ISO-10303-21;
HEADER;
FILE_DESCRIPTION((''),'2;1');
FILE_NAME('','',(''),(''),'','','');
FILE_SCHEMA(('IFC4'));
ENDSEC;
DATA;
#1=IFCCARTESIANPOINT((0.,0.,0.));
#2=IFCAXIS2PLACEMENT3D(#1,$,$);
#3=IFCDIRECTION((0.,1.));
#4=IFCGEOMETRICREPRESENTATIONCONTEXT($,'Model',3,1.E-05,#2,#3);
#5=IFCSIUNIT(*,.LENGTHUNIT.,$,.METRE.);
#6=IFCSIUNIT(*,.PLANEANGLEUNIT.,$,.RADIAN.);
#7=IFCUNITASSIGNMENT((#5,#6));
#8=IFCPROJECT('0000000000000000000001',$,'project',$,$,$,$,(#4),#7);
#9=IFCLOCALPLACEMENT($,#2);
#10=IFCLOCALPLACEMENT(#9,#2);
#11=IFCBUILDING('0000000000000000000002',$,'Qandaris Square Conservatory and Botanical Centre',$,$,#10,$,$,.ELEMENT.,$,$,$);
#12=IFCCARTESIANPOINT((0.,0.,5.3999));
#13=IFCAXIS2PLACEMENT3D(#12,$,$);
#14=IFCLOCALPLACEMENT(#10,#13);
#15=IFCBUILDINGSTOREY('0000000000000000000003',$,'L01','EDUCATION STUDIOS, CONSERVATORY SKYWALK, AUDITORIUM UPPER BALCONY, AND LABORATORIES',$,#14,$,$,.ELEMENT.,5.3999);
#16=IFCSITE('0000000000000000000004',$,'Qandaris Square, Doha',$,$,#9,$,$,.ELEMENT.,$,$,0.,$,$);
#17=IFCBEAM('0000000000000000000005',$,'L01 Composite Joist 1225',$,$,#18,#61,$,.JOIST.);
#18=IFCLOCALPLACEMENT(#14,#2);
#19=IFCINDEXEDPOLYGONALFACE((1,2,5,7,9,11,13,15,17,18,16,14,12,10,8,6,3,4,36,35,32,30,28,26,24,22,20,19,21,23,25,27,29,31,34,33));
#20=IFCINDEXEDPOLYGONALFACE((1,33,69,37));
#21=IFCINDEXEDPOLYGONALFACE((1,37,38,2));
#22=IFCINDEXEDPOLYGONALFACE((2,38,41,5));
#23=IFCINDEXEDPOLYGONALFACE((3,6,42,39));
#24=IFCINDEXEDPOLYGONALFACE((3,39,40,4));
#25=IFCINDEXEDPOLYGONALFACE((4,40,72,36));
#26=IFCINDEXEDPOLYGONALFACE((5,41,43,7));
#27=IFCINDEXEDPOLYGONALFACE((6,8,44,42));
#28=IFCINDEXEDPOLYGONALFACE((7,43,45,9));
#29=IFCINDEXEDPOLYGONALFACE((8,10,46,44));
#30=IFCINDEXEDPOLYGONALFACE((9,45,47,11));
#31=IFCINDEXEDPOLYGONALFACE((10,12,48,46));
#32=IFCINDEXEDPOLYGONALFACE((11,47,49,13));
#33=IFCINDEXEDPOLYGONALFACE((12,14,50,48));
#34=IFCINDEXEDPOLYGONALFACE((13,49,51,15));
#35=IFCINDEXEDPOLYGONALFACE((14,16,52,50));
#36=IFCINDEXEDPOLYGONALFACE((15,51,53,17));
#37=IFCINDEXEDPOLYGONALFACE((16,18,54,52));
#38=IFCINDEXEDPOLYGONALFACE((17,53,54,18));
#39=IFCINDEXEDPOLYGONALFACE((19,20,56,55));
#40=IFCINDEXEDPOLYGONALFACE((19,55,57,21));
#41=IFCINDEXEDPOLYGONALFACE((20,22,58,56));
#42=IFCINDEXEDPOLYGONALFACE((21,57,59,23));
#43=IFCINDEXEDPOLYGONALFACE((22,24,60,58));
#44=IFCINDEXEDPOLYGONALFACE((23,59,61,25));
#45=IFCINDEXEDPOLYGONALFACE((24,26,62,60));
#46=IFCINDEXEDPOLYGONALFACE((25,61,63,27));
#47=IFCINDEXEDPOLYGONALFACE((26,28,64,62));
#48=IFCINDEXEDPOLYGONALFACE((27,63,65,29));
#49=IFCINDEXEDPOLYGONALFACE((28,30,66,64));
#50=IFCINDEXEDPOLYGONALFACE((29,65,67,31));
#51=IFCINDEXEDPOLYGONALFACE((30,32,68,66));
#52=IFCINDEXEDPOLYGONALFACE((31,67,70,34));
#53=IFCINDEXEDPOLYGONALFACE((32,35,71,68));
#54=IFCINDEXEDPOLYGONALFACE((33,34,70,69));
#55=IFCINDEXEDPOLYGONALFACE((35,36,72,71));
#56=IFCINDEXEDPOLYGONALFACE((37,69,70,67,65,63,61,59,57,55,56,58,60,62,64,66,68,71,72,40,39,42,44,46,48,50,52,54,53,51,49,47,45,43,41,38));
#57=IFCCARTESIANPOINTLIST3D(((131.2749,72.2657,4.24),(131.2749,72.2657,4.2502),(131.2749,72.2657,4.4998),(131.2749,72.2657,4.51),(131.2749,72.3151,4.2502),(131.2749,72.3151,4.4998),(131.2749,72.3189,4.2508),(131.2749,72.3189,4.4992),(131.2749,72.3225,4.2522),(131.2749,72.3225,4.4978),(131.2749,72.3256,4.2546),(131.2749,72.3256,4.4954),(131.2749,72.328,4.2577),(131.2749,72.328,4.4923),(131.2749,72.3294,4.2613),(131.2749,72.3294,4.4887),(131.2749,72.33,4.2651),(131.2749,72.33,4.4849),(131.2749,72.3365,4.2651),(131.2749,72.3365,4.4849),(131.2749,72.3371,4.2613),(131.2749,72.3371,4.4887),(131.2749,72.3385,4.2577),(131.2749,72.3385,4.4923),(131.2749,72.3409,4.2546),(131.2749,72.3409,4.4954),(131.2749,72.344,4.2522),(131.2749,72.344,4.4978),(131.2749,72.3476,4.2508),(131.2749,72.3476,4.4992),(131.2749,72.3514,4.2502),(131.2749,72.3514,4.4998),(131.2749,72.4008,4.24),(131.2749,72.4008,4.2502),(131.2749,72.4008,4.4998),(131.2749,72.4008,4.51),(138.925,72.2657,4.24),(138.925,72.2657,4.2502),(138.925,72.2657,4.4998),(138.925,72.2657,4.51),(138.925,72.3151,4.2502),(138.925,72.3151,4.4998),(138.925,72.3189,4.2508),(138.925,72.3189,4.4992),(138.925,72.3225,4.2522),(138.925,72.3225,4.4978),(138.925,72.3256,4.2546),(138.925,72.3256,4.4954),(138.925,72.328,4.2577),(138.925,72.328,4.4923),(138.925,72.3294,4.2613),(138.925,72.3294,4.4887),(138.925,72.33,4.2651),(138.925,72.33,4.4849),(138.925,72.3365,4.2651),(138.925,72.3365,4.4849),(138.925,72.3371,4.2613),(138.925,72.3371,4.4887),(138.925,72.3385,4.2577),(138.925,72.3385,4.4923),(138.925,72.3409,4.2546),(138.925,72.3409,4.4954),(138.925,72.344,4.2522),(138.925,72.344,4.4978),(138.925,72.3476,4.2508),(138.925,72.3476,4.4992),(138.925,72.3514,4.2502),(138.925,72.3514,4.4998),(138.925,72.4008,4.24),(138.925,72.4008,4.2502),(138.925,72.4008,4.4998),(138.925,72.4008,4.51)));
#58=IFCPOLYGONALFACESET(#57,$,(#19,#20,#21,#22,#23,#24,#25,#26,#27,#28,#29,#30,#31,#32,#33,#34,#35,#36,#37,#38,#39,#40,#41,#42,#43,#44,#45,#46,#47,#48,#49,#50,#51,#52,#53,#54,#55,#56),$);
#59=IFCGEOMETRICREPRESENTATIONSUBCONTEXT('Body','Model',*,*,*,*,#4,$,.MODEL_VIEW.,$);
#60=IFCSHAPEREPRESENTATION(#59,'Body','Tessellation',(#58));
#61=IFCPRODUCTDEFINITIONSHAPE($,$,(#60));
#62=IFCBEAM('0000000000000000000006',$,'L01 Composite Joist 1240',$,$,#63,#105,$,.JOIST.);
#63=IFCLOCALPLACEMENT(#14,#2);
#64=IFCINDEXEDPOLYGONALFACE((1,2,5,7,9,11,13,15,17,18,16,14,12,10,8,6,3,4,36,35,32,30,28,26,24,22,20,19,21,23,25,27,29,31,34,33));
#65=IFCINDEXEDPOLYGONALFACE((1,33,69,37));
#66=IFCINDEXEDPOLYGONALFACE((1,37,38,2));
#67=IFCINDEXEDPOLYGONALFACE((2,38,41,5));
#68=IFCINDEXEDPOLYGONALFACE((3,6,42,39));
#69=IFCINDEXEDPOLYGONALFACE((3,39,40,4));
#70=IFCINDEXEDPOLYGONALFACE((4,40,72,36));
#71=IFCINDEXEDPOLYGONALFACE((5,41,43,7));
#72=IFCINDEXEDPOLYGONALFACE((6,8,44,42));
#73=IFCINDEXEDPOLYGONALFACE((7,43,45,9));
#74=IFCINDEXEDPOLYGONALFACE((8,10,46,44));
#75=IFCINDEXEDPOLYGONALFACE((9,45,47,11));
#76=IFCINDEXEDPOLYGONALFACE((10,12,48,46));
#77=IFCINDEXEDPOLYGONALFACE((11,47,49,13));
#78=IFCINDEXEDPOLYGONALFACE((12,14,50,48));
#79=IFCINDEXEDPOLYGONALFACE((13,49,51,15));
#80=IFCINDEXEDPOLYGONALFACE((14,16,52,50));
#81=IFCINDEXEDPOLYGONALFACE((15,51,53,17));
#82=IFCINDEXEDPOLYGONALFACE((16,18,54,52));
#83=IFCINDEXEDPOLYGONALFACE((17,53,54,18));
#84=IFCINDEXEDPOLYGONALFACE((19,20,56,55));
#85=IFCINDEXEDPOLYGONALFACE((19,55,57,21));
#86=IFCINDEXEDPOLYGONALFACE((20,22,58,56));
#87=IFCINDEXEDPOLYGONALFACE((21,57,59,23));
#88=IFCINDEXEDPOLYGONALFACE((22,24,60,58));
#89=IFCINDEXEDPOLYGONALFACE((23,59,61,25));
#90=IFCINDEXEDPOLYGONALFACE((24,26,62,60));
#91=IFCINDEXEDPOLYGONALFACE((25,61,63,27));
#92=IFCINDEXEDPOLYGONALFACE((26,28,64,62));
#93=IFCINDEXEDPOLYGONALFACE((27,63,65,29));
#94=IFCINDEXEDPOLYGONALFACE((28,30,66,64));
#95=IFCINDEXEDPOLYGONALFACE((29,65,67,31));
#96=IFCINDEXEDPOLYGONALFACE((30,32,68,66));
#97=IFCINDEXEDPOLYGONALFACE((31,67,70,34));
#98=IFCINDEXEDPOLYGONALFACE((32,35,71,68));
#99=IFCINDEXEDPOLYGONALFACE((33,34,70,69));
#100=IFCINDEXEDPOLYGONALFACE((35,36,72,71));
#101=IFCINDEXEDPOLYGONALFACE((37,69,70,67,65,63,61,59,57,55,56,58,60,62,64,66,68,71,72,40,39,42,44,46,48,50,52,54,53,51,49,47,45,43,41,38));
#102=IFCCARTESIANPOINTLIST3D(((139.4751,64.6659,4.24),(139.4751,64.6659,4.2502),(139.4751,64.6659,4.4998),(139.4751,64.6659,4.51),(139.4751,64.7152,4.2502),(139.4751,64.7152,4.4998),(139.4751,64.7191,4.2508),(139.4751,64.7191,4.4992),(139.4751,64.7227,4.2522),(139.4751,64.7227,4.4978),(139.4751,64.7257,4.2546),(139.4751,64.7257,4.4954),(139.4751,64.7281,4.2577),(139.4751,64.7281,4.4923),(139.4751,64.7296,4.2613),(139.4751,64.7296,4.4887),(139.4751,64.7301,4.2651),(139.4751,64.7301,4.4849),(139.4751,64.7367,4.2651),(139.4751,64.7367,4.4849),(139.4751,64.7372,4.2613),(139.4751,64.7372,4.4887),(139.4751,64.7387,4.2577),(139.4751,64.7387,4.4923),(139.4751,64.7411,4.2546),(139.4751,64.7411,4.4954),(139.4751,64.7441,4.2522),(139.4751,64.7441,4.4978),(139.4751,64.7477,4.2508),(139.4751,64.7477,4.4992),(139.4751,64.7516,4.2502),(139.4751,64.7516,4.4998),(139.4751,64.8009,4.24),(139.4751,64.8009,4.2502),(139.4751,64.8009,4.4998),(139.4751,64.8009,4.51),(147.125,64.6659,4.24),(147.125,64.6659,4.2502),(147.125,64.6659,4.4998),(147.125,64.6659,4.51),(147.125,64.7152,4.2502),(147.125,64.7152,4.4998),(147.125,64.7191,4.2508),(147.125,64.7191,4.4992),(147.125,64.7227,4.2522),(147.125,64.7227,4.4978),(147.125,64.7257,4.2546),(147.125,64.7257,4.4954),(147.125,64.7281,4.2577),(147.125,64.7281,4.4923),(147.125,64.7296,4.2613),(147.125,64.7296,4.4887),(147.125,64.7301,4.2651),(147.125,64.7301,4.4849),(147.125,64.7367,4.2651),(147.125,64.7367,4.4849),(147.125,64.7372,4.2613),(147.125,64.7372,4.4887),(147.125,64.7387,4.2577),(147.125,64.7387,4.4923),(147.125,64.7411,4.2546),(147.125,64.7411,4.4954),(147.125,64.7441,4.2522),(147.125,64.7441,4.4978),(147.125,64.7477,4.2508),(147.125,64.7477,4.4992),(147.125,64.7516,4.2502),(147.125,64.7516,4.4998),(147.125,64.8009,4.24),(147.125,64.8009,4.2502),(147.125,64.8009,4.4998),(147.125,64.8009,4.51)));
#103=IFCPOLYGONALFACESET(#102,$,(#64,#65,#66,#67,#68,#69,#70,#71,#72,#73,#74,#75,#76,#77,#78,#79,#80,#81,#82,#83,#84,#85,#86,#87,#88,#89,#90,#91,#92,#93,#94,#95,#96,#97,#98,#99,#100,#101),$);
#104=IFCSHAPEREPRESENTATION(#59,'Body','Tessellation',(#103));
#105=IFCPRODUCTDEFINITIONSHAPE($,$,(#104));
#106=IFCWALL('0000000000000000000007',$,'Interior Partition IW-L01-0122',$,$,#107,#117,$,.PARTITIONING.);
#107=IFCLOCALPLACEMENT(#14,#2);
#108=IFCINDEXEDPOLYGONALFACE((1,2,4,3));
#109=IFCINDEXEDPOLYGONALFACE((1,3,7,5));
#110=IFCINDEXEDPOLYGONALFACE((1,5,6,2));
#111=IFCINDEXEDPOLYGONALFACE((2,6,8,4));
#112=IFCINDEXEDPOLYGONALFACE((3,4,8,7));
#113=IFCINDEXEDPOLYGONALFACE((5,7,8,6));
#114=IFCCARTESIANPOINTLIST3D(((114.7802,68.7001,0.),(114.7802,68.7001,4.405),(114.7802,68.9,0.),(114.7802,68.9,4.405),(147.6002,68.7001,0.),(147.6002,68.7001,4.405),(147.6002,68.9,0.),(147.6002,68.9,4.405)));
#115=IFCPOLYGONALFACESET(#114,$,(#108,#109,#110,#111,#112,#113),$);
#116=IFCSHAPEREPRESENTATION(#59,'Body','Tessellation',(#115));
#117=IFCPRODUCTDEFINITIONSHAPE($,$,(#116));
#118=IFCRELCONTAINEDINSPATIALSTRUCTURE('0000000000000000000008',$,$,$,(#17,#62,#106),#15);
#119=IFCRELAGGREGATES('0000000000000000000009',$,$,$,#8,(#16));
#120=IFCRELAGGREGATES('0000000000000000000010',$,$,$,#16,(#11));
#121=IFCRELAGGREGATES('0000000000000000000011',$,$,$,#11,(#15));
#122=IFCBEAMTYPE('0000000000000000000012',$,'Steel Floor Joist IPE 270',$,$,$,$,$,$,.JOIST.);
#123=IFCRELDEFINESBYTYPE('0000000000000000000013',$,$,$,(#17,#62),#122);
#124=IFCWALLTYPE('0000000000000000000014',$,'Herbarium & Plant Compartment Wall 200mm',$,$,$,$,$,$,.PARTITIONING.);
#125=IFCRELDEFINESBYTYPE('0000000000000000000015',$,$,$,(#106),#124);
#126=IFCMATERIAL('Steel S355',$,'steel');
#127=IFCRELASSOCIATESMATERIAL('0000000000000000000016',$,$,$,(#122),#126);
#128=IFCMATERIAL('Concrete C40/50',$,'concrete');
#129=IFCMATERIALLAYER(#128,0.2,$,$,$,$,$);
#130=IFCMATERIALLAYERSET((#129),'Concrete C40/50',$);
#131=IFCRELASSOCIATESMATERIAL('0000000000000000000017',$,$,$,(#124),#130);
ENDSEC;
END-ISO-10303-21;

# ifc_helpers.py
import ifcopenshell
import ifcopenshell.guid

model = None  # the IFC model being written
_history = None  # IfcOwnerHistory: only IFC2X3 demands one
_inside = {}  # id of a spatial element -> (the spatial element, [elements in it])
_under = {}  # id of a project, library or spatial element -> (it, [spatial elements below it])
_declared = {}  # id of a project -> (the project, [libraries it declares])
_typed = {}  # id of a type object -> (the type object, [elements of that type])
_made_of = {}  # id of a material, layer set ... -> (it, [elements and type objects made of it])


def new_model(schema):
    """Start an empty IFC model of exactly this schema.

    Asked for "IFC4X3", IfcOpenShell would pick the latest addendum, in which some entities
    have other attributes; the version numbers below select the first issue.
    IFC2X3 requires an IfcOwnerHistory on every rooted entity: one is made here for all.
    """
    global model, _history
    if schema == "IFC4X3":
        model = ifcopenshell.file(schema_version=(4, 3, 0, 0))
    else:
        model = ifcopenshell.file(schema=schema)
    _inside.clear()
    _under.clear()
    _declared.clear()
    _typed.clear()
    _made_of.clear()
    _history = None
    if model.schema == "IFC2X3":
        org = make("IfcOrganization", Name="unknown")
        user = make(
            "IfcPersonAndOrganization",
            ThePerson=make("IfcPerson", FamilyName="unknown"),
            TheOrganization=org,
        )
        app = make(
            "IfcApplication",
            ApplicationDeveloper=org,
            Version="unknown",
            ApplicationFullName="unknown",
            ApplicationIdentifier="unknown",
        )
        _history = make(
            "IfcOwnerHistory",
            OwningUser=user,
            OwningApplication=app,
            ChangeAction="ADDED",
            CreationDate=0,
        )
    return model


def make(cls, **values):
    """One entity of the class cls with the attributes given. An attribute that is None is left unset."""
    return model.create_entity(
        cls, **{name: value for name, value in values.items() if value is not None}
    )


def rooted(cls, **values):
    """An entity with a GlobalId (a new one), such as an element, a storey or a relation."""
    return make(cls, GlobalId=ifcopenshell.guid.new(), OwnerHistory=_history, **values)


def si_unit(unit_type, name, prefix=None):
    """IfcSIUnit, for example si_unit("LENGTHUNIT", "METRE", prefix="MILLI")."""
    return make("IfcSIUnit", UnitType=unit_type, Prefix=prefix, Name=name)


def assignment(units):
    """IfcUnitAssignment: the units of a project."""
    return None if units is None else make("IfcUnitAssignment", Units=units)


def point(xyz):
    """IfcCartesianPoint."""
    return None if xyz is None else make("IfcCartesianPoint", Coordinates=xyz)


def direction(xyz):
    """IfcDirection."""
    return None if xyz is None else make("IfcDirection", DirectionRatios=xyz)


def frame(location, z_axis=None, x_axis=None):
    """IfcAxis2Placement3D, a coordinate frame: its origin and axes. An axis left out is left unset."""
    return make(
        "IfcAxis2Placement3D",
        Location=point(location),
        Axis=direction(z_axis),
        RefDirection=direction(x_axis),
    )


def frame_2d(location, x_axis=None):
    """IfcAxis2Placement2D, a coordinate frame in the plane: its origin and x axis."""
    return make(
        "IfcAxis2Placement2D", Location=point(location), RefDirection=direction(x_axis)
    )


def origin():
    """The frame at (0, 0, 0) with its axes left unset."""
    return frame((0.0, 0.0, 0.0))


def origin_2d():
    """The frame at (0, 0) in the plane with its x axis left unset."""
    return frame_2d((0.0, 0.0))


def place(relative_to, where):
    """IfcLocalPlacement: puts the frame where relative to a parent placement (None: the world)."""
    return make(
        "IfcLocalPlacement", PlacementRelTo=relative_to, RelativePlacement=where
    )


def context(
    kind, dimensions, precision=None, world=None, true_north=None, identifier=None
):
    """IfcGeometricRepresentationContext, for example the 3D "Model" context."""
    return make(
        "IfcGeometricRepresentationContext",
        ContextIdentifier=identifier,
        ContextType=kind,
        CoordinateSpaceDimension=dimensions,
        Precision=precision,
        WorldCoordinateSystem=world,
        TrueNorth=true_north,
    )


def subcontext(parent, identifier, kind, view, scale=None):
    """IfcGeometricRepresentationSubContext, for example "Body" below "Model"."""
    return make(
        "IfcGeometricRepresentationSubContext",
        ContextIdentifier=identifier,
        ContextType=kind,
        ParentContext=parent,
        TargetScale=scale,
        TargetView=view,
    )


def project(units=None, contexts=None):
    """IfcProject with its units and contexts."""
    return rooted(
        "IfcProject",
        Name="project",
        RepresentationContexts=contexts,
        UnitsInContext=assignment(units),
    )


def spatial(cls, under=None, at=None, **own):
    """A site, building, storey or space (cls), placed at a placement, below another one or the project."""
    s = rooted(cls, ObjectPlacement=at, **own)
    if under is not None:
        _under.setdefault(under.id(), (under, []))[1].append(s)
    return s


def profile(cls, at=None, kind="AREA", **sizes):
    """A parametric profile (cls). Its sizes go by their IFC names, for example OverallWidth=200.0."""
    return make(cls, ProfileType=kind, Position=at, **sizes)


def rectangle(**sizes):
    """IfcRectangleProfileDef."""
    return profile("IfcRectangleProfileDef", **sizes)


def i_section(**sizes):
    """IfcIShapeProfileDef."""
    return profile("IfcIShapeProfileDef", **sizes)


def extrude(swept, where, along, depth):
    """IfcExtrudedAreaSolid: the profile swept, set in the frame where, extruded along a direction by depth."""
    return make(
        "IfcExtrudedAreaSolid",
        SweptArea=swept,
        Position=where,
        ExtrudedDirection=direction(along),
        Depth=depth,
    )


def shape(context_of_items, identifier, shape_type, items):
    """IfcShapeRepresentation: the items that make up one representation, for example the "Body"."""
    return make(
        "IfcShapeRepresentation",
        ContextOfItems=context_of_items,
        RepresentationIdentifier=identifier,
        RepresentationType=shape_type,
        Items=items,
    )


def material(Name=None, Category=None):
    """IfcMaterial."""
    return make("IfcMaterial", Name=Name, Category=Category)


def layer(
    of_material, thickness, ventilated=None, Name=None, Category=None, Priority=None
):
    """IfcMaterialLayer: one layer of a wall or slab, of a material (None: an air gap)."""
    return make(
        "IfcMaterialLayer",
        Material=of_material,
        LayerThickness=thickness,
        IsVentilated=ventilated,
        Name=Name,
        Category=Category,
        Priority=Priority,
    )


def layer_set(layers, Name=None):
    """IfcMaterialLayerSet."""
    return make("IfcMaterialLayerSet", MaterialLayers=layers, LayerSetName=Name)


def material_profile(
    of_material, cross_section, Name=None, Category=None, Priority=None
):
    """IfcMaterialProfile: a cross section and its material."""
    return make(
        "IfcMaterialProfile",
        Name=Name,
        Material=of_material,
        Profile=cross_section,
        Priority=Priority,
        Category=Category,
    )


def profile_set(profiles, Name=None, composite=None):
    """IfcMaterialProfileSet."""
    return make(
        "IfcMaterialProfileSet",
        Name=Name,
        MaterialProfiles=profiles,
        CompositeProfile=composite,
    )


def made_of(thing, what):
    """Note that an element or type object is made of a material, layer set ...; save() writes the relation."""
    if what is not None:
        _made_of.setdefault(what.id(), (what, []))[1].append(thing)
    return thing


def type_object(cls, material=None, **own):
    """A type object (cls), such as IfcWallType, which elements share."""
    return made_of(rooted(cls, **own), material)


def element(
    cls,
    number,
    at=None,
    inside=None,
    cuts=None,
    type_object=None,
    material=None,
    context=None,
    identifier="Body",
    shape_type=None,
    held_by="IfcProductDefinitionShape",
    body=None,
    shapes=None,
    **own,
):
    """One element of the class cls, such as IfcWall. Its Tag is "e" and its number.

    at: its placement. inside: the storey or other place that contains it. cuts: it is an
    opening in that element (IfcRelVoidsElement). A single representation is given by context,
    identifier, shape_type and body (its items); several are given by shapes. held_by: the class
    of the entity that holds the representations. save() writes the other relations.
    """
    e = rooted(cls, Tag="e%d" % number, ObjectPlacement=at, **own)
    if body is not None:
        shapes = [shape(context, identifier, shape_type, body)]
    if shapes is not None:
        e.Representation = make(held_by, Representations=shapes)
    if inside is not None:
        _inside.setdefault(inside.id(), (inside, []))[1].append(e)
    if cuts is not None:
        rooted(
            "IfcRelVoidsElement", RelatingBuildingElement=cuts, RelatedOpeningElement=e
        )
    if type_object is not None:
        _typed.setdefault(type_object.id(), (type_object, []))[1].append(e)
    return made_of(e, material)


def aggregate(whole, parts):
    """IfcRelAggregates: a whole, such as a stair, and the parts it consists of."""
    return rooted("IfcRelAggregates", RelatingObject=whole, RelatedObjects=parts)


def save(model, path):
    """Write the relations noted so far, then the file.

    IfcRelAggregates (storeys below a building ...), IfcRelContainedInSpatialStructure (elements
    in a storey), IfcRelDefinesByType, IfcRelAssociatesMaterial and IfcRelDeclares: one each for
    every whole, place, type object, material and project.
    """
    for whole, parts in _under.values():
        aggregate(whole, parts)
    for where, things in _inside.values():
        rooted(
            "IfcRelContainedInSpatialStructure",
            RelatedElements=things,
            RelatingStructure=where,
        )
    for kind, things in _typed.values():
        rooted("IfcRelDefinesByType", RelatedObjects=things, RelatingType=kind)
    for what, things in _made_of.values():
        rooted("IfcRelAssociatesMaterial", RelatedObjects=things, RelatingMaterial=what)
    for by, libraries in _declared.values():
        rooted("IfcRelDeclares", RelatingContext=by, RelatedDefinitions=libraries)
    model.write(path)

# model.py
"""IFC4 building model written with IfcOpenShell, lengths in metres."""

from ifc_helpers import new_model, si_unit, direction, frame, frame_2d, origin, origin_2d, place, context, subcontext, project, spatial, rectangle, i_section, extrude, material, layer, layer_set, material_profile, profile_set, type_object, element, save


model = new_model("IFC4")

# Units and contexts
model_context = context("Model", 3, precision=1e-05, world=origin(), true_north=direction((0.0, 1.0)))
body_context = subcontext(model_context, "Body", "Model", "MODEL_VIEW")
ifc_project = project(units=[si_unit("LENGTHUNIT", "METRE"), si_unit("PLANEANGLEUNIT", "RADIAN")], contexts=[model_context])

# Site, building, storey
site_placement = place(None, origin())
site = spatial("IfcSite", under=ifc_project, at=site_placement, Name="Qandaris Square, Doha", CompositionType="ELEMENT", RefElevation=0.0)
building_placement = place(site_placement, origin())
building = spatial("IfcBuilding", under=site, at=building_placement, Name="Qandaris Square Conservatory and Botanical Centre", CompositionType="ELEMENT")
storey_placement = place(building_placement, frame((0.0, 0.0, 5.3999)))
storey = spatial("IfcBuildingStorey", under=building, at=storey_placement, Name="L01", Description="EDUCATION STUDIOS, CONSERVATORY SKYWALK, AUDITORIUM UPPER BALCONY, AND LABORATORIES", CompositionType="ELEMENT", Elevation=5.3999)

# Shared definitions
ifc_material_1 = material(Name="Concrete C40/50", Category="concrete")

# Beams
ifc_material_2 = material(Name="Steel S355", Category="steel")
ifc_material_profile_1 = material_profile(ifc_material_2, i_section(OverallWidth=0.135, OverallDepth=0.27, WebThickness=0.0066, FlangeThickness=0.0103, FilletRadius=0.0149, at=origin_2d()), Name="IPE 270")
ifc_profile_set_1 = profile_set([ifc_material_profile_1], Name="Steel S355")
beam_type_1 = type_object("IfcBeamType", Name="Steel Floor Joist IPE 270", PredefinedType="JOIST", material=ifc_profile_set_1)
for number, where, z_axis, x_axis, name in (
    (1, (131.2749, 72.3333, 4.375), (1.0, 0.0, 0.0), (0.0, 1.0, 0.0), "L01 Composite Joist 1225"),
):
    element("IfcBeam", number, at=place(storey_placement, frame(where, z_axis=z_axis, x_axis=x_axis)), inside=storey, type_object=beam_type_1, Name=name, PredefinedType="JOIST", context=body_context, shape_type="SweptSolid", body=[
        extrude(i_section(OverallWidth=0.135, OverallDepth=0.27, WebThickness=0.0066, FlangeThickness=0.0103, FilletRadius=0.0149, at=origin_2d()), origin(), (0.0, 0.0, 1.0), 7.6501),
    ])
beam_1_placement = place(storey_placement, frame((139.4751, 64.7334, 4.375), z_axis=(1.0, 0.0, 0.0), x_axis=(0.0, 1.0, 0.0)))
element("IfcBeam", 2, at=beam_1_placement, inside=storey, type_object=beam_type_1, Name="L01 Composite Joist 1240", PredefinedType="JOIST", context=body_context, shape_type="SweptSolid", body=[
    extrude(i_section(OverallWidth=0.135, OverallDepth=0.27, WebThickness=0.0066, FlangeThickness=0.0103, FilletRadius=0.0149, at=origin_2d()), origin(), (0.0, 0.0, 1.0), 7.6499),
])

# Wall
ifc_layer = layer(ifc_material_1, 0.2)
ifc_layer_set = layer_set([ifc_layer], Name="Concrete C40/50")
wall_type = type_object("IfcWallType", Name="Herbarium & Plant Compartment Wall 200mm", PredefinedType="PARTITIONING", material=ifc_layer_set)
wall_placement = place(storey_placement, frame((114.78, 68.8, 0.0), z_axis=(0.0, 0.0, 1.0), x_axis=(1.0, 0.0, 0.0)))
element("IfcWall", 3, at=wall_placement, inside=storey, type_object=wall_type, Name="Interior Partition IW-L01-0122", PredefinedType="PARTITIONING", context=body_context, shape_type="SweptSolid", body=[
    extrude(rectangle(XDim=32.8201, YDim=0.2, at=frame_2d((16.4102, 0.0))), origin(), (0.0, 0.0, 1.0), 4.405),
])

save(model, "model.ifc")
